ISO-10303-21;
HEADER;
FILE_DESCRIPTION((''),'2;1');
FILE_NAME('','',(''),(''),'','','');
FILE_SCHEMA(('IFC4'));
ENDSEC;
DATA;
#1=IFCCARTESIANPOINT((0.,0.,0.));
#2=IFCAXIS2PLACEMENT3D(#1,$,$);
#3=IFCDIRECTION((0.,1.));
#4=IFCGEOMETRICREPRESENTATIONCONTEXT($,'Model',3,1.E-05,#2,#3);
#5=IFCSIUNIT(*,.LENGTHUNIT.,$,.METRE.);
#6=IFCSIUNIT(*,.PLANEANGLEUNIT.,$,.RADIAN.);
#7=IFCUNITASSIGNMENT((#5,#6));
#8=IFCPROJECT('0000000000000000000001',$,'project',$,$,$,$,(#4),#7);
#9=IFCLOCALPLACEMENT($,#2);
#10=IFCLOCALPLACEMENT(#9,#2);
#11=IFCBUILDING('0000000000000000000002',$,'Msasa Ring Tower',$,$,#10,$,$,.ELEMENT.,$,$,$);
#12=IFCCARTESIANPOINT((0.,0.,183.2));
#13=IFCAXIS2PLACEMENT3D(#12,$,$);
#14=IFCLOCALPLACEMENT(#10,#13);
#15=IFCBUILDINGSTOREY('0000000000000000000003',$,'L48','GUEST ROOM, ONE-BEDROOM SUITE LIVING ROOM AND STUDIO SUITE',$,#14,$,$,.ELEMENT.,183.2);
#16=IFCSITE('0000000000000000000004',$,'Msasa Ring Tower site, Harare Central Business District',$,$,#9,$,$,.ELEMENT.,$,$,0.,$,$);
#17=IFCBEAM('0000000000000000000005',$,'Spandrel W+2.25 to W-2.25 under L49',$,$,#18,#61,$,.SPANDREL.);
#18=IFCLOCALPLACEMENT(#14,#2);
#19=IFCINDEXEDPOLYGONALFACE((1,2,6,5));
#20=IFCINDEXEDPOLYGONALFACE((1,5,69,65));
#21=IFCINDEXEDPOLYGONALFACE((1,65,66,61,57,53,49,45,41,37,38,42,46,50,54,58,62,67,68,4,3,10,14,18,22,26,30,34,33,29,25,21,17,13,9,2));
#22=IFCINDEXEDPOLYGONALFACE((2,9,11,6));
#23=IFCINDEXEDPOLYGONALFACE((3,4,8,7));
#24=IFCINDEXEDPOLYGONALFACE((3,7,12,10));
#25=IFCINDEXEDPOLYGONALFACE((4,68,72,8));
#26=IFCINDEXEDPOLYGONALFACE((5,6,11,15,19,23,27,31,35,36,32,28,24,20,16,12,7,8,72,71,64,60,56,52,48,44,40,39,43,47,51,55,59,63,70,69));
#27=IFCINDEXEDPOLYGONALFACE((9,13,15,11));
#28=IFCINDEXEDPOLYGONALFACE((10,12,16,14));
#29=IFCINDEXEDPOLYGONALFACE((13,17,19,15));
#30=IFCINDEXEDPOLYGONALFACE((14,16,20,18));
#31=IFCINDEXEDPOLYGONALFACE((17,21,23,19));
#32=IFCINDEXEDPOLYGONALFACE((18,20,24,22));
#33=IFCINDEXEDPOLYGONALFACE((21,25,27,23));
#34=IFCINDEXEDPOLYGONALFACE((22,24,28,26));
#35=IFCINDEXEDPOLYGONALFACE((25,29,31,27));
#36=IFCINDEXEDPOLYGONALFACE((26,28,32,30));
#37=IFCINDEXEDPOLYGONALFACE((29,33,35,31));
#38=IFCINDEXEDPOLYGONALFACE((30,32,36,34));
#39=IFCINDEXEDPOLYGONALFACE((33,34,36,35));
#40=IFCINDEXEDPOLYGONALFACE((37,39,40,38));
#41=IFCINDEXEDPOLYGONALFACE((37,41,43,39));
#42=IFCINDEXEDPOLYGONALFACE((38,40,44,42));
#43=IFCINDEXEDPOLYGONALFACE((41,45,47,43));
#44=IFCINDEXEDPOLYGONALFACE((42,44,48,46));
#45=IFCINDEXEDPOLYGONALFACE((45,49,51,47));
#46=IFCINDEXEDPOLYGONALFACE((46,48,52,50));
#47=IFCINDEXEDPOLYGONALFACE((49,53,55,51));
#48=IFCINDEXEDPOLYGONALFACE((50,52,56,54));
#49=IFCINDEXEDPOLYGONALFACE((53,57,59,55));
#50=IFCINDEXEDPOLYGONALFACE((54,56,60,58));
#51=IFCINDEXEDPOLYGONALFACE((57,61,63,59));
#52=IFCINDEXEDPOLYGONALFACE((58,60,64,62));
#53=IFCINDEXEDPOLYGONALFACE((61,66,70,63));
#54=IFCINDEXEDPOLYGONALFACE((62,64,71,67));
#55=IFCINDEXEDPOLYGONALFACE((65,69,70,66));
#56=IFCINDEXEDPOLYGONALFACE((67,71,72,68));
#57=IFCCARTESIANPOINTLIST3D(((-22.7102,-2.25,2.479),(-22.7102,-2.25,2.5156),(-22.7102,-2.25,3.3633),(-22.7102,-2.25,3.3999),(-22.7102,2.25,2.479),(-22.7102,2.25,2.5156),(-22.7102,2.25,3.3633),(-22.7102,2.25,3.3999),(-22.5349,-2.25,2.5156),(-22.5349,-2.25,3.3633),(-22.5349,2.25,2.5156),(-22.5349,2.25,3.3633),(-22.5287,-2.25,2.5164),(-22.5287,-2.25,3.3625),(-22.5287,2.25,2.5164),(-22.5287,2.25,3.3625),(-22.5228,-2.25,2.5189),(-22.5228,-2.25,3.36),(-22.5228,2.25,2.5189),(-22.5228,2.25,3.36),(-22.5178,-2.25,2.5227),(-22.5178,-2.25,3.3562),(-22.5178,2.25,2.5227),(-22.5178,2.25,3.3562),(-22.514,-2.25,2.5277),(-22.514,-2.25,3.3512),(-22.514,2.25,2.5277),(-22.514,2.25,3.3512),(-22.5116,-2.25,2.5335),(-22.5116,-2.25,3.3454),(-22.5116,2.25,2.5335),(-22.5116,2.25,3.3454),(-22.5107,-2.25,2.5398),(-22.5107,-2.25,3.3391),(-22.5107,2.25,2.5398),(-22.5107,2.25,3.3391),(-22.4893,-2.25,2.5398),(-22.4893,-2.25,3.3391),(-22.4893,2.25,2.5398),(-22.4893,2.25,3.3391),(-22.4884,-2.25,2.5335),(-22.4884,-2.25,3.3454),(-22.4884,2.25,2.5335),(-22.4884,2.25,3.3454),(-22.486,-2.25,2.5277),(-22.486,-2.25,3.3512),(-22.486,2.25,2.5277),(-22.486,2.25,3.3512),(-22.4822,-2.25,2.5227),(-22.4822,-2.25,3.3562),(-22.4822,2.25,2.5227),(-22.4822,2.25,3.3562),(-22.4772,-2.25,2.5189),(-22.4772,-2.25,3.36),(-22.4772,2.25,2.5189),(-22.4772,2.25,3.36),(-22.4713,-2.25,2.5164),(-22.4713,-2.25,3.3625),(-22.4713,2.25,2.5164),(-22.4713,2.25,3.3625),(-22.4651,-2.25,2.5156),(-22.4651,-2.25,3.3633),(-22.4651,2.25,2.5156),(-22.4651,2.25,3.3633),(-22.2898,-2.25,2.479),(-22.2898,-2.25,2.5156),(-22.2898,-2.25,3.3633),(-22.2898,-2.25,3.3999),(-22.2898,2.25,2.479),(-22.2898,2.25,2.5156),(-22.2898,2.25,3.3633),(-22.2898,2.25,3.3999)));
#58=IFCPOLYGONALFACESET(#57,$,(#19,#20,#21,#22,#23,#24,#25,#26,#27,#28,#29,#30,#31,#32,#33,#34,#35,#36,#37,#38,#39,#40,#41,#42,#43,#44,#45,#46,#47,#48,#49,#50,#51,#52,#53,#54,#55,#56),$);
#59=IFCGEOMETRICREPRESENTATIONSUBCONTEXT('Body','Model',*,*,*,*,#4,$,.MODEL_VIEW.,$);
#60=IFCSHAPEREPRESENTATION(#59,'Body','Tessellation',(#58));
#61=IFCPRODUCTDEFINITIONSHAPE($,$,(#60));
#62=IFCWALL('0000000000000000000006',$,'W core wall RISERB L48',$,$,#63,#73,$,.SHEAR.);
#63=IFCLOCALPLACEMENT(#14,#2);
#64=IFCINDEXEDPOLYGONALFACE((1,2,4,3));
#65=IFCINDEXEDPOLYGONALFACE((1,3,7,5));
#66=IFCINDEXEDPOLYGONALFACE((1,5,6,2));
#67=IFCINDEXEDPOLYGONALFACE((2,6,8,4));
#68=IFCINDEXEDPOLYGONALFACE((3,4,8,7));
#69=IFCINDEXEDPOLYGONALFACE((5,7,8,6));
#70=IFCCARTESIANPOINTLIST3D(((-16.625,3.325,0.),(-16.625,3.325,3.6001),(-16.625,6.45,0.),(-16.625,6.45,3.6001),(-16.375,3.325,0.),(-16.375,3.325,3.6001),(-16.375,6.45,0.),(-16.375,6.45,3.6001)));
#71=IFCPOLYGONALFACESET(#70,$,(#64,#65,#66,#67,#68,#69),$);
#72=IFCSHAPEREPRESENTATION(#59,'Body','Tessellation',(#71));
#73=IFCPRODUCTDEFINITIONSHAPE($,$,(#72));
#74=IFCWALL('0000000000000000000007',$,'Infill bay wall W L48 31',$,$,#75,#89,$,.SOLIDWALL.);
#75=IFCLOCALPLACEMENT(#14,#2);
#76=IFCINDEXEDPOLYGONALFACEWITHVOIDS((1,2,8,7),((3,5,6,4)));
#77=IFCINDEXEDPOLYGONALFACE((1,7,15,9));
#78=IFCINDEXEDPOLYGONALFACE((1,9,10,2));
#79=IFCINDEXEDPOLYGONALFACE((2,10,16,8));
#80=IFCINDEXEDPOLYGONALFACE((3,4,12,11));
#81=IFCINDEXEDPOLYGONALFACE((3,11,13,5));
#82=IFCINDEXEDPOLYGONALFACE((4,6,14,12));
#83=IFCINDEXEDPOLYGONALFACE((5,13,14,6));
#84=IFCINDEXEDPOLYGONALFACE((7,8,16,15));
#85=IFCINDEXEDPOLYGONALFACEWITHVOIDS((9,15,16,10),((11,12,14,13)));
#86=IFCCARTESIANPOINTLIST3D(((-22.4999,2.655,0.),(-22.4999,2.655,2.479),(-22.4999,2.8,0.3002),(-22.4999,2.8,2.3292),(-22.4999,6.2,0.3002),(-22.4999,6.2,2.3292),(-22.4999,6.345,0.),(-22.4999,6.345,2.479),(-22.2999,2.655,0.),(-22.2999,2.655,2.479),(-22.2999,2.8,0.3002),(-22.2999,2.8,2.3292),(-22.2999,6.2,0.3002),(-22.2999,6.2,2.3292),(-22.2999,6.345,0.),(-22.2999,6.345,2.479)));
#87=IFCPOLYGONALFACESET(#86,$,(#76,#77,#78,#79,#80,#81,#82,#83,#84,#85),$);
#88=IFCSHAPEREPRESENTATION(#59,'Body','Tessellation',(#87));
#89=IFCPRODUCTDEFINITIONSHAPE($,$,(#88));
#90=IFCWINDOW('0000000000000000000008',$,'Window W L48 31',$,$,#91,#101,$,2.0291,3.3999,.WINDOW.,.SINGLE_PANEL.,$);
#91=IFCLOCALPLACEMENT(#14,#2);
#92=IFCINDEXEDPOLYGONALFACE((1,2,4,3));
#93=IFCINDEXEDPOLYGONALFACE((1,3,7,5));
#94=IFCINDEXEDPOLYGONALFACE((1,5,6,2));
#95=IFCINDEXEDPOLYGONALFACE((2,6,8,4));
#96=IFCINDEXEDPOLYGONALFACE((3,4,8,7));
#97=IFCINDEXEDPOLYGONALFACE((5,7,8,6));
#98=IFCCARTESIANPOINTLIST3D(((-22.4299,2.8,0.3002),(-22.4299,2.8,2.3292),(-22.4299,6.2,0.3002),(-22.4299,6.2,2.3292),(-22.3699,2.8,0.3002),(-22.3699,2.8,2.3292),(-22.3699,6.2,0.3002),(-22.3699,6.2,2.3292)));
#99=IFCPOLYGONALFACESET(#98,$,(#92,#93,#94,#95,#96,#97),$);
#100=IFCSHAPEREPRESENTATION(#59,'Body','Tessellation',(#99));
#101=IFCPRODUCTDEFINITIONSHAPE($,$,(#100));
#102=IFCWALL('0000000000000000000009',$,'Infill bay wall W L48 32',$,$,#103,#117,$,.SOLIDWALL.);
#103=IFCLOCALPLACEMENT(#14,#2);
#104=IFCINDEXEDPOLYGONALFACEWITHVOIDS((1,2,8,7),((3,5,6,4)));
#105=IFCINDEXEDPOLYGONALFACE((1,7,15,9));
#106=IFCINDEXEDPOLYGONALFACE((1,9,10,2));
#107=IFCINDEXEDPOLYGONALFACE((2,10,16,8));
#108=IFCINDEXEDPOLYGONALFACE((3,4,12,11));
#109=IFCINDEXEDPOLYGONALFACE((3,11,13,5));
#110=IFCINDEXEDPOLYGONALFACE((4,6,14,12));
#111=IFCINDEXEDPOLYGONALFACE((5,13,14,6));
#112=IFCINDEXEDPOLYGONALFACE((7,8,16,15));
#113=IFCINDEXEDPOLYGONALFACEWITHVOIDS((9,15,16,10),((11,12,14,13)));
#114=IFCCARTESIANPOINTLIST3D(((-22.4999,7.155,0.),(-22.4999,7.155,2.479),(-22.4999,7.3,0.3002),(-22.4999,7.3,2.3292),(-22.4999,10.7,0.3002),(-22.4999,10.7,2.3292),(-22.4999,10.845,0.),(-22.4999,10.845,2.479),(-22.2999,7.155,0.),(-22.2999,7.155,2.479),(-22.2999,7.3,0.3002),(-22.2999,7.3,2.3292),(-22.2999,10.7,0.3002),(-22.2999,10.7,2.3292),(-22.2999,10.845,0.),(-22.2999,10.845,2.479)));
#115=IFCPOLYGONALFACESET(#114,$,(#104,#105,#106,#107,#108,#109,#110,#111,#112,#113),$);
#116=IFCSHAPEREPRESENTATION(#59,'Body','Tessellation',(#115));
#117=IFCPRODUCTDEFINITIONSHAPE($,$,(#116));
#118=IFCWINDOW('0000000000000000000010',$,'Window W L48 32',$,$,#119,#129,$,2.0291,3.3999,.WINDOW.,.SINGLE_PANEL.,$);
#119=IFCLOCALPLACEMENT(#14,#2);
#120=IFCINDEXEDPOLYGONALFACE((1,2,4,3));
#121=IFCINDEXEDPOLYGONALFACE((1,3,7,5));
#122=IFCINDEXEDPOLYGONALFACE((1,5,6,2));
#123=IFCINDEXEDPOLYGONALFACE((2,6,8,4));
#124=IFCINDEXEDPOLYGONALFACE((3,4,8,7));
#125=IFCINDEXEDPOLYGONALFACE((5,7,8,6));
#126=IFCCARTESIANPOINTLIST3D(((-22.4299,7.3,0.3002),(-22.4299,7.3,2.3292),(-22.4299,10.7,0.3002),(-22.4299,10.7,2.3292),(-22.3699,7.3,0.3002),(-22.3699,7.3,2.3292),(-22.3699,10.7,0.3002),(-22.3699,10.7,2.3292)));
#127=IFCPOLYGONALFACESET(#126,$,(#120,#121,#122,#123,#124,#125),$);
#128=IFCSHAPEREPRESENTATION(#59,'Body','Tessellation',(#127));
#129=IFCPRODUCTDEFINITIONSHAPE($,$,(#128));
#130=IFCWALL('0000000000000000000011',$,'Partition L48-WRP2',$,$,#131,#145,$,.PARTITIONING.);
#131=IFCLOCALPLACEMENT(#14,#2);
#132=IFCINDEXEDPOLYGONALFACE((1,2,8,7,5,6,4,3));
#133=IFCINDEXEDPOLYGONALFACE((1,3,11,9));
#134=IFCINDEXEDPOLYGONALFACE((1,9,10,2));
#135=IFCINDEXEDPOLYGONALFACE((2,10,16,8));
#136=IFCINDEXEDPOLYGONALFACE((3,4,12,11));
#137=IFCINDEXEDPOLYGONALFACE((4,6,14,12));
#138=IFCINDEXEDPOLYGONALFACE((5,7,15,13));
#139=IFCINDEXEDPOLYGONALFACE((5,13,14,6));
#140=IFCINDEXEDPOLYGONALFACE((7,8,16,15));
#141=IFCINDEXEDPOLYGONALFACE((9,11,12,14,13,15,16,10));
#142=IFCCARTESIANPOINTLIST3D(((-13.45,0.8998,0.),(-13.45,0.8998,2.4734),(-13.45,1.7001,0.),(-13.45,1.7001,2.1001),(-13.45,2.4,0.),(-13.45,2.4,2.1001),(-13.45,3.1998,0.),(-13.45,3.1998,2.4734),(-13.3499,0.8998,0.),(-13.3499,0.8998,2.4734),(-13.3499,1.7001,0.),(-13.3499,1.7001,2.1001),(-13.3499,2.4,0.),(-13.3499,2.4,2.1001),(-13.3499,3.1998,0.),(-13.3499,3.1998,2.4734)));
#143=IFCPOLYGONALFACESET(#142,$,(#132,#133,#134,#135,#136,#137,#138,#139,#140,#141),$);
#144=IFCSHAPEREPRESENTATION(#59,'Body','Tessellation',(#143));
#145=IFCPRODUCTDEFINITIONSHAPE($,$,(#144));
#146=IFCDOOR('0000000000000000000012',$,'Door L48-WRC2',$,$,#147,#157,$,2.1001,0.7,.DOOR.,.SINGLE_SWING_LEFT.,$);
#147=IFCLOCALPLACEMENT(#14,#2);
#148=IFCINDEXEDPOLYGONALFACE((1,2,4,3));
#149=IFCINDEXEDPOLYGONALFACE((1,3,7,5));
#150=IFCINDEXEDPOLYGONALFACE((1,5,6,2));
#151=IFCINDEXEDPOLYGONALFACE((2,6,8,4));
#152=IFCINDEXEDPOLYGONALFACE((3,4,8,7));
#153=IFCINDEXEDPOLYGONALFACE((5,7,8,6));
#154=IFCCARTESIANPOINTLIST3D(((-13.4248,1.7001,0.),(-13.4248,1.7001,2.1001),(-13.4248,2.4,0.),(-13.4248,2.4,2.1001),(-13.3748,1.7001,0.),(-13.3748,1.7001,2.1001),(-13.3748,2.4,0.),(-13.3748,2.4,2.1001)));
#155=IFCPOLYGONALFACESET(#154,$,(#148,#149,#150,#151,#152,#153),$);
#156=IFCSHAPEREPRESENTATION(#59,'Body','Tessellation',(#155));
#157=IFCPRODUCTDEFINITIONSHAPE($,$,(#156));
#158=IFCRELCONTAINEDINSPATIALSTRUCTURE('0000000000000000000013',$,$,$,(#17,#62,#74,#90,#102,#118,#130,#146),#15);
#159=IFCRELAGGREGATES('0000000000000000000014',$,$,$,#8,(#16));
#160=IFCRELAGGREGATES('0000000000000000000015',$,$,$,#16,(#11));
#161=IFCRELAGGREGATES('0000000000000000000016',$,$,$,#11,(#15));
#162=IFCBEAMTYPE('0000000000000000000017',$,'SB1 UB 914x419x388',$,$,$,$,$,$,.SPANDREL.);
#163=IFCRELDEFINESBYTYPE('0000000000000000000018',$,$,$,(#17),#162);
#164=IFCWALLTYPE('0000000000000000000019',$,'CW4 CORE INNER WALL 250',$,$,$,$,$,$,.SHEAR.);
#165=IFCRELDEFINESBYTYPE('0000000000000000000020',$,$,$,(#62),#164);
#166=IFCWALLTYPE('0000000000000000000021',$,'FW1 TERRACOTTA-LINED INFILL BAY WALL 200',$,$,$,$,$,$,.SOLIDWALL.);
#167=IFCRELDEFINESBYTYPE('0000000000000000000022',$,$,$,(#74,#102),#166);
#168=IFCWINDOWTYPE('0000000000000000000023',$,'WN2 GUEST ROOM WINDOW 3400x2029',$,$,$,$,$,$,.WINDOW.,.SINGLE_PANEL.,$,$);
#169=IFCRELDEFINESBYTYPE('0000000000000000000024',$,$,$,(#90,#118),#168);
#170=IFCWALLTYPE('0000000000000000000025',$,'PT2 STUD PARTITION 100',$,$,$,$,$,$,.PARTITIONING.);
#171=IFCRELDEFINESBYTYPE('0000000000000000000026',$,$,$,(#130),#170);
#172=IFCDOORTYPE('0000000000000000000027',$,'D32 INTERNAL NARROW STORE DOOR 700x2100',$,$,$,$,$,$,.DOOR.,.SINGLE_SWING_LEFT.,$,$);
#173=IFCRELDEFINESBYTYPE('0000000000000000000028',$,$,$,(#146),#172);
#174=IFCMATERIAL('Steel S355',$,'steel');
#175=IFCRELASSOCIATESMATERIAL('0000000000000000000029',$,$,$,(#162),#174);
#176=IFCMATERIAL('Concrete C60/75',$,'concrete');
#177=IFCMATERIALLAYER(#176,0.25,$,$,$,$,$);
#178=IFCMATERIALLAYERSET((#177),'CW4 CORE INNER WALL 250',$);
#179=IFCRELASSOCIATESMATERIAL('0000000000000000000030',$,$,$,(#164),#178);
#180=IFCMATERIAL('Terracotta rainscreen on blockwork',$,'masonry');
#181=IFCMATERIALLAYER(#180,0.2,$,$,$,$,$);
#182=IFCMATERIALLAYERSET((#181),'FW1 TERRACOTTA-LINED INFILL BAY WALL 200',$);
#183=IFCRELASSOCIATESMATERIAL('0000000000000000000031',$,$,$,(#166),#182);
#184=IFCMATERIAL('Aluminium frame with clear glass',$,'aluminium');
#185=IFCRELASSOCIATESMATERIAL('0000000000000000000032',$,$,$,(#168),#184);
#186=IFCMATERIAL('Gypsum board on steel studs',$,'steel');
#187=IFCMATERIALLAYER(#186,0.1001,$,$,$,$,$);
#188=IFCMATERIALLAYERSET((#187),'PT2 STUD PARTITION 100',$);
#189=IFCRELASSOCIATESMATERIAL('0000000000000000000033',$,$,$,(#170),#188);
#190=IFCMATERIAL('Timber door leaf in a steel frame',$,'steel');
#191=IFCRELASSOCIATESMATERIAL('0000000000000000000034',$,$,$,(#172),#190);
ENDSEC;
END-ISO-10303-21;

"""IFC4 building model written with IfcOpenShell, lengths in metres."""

from ifc_helpers import new_model, si_unit, direction, frame, frame_2d, origin, origin_2d, place, context, subcontext, project, spatial, rectangle, i_section, extrude, material, layer, layer_set, material_profile, profile_set, type_object, element, fill, save


model = new_model("IFC4")

# Units and contexts
model_context = context("Model", 3, precision=1e-05, world=origin(), true_north=direction((0.0, 1.0)))
body_context = subcontext(model_context, "Body", "Model", "MODEL_VIEW")
ifc_project = project(units=[si_unit("LENGTHUNIT", "METRE"), si_unit("PLANEANGLEUNIT", "RADIAN")], contexts=[model_context])

# Site, building, storey
site_placement = place(None, origin())
site = spatial("IfcSite", under=ifc_project, at=site_placement, Name="Msasa Ring Tower site, Harare Central Business District", CompositionType="ELEMENT", RefElevation=0.0)
building_placement = place(site_placement, origin())
building = spatial("IfcBuilding", under=site, at=building_placement, Name="Msasa Ring Tower", CompositionType="ELEMENT")
storey_placement = place(building_placement, frame((0.0, 0.0, 183.2)))
storey = spatial("IfcBuildingStorey", under=building, at=storey_placement, Name="L48", Description="GUEST ROOM, ONE-BEDROOM SUITE LIVING ROOM AND STUDIO SUITE", CompositionType="ELEMENT", Elevation=183.2)

# Beam
ifc_material_1 = material(Name="Steel S355", Category="steel")
ifc_material_profile_1 = material_profile(ifc_material_1, i_section(OverallWidth=0.4204, OverallDepth=0.9209, WebThickness=0.0215, FlangeThickness=0.0366, FilletRadius=0.0242, at=origin_2d()), Name="UB 914x419x388")
ifc_profile_set_1 = profile_set([ifc_material_profile_1], Name="Steel S355")
beam_type_1 = type_object("IfcBeamType", Name="SB1 UB 914x419x388", PredefinedType="SPANDREL", material=ifc_profile_set_1)
for number, where, z_axis, x_axis, name in (
    (1, (-22.5, 2.25, 2.9395), (0.0, -1.0, 0.0), (1.0, 0.0, 0.0), "Spandrel W+2.25 to W-2.25 under L49"),
):
    element("IfcBeam", number, at=place(storey_placement, frame(where, z_axis=z_axis, x_axis=x_axis)), inside=storey, type_object=beam_type_1, Name=name, PredefinedType="SPANDREL", context=body_context, shape_type="SweptSolid", body=[
        extrude(i_section(OverallWidth=0.4204, OverallDepth=0.9209, WebThickness=0.0215, FlangeThickness=0.0366, FilletRadius=0.0242, at=origin_2d()), origin(), (0.0, 0.0, 1.0), 4.5),
    ])

# Wall
ifc_material_2 = material(Name="Concrete C60/75", Category="concrete")
ifc_layer_1 = layer(ifc_material_2, 0.25)
ifc_layer_set_1 = layer_set([ifc_layer_1], Name="CW4 CORE INNER WALL 250")
wall_type_1 = type_object("IfcWallType", Name="CW4 CORE INNER WALL 250", PredefinedType="SHEAR", material=ifc_layer_set_1)
wall_1_placement = place(storey_placement, frame((-16.5, 3.325, 0.0), z_axis=(0.0, 0.0, 1.0), x_axis=(0.0, 1.0, 0.0)))
element("IfcWall", 2, at=wall_1_placement, inside=storey, type_object=wall_type_1, Name="W core wall RISERB L48", PredefinedType="SHEAR", context=body_context, shape_type="SweptSolid", body=[
    extrude(rectangle(XDim=3.125, YDim=0.25, at=frame_2d((1.5625, 0.0))), origin(), (0.0, 0.0, 1.0), 3.6001),
])

# Walls, openings, windows
ifc_material_3 = material(Name="Terracotta rainscreen on blockwork", Category="masonry")
ifc_layer_2 = layer(ifc_material_3, 0.2)
ifc_layer_set_2 = layer_set([ifc_layer_2], Name="FW1 TERRACOTTA-LINED INFILL BAY WALL 200")
wall_type_2 = type_object("IfcWallType", Name="FW1 TERRACOTTA-LINED INFILL BAY WALL 200", PredefinedType="SOLIDWALL", material=ifc_layer_set_2)
wall_2_placement = place(storey_placement, frame((-22.3999, 2.655, 0.0), z_axis=(0.0, 0.0, 1.0), x_axis=(0.0, 1.0, 0.0)))
wall_2 = element("IfcWall", 3, at=wall_2_placement, inside=storey, type_object=wall_type_2, Name="Infill bay wall W L48 31", PredefinedType="SOLIDWALL", context=body_context, shape_type="SweptSolid", body=[
    extrude(rectangle(XDim=3.6899, YDim=0.2, at=frame_2d((1.845, 0.0))), origin(), (0.0, 0.0, 1.0), 2.479),
])
opening_1_placement = place(wall_2_placement, frame((0.145, 0.0, 0.3)))
opening_1 = element("IfcOpeningElement", 4, at=opening_1_placement, cuts=wall_2, PredefinedType="OPENING", context=body_context, shape_type="SweptSolid", body=[
    extrude(rectangle(XDim=3.3999, YDim=2.0291, at=frame_2d((1.7, 1.0146))), frame((0.0, 0.1099, 0.0), z_axis=(0.0, -1.0, 0.0), x_axis=(1.0, 0.0, 0.0)), (0.0, 0.0, 1.0), 0.22),
])
ifc_material_4 = material(Name="Aluminium frame with clear glass", Category="aluminium")
window_type = type_object("IfcWindowType", Name="WN2 GUEST ROOM WINDOW 3400x2029", PartitioningType="SINGLE_PANEL", PredefinedType="WINDOW", material=ifc_material_4)
window_1_placement = place(opening_1_placement, origin())
window_1 = element("IfcWindow", 5, at=window_1_placement, inside=storey, type_object=window_type, Name="Window W L48 31", OverallHeight=2.0291, OverallWidth=3.3999, PartitioningType="SINGLE_PANEL", PredefinedType="WINDOW", context=body_context, shape_type="SweptSolid", body=[
    extrude(rectangle(XDim=3.3999, YDim=2.0291, at=frame_2d((1.7, 1.0146))), frame((0.0, 0.03, 0.0), z_axis=(0.0, -1.0, 0.0), x_axis=(1.0, 0.0, 0.0)), (0.0, 0.0, 1.0), 0.0601),
])
fill(opening_1, window_1)
wall_3_placement = place(storey_placement, frame((-22.3999, 7.155, 0.0), z_axis=(0.0, 0.0, 1.0), x_axis=(0.0, 1.0, 0.0)))
wall_3 = element("IfcWall", 6, at=wall_3_placement, inside=storey, type_object=wall_type_2, Name="Infill bay wall W L48 32", PredefinedType="SOLIDWALL", context=body_context, shape_type="SweptSolid", body=[
    extrude(rectangle(XDim=3.6899, YDim=0.2, at=frame_2d((1.845, 0.0))), origin(), (0.0, 0.0, 1.0), 2.479),
])
opening_2_placement = place(wall_3_placement, frame((0.145, 0.0, 0.3)))
opening_2 = element("IfcOpeningElement", 7, at=opening_2_placement, cuts=wall_3, PredefinedType="OPENING", context=body_context, shape_type="SweptSolid", body=[
    extrude(rectangle(XDim=3.3999, YDim=2.0291, at=frame_2d((1.7, 1.0146))), frame((0.0, 0.1099, 0.0), z_axis=(0.0, -1.0, 0.0), x_axis=(1.0, 0.0, 0.0)), (0.0, 0.0, 1.0), 0.22),
])
window_2_placement = place(opening_2_placement, origin())
window_2 = element("IfcWindow", 8, at=window_2_placement, inside=storey, type_object=window_type, Name="Window W L48 32", OverallHeight=2.0291, OverallWidth=3.3999, PartitioningType="SINGLE_PANEL", PredefinedType="WINDOW", context=body_context, shape_type="SweptSolid", body=[
    extrude(rectangle(XDim=3.3999, YDim=2.0291, at=frame_2d((1.7, 1.0146))), frame((0.0, 0.03, 0.0), z_axis=(0.0, -1.0, 0.0), x_axis=(1.0, 0.0, 0.0)), (0.0, 0.0, 1.0), 0.0601),
])
fill(opening_2, window_2)

# Wall, opening, door
ifc_material_5 = material(Name="Gypsum board on steel studs", Category="steel")
ifc_layer_3 = layer(ifc_material_5, 0.1001)
ifc_layer_set_3 = layer_set([ifc_layer_3], Name="PT2 STUD PARTITION 100")
wall_type_3 = type_object("IfcWallType", Name="PT2 STUD PARTITION 100", PredefinedType="PARTITIONING", material=ifc_layer_set_3)
wall_4_placement = place(storey_placement, frame((-13.3999, 0.8999, 0.0), z_axis=(0.0, 0.0, 1.0), x_axis=(0.0, 1.0, 0.0)))
wall_4 = element("IfcWall", 9, at=wall_4_placement, inside=storey, type_object=wall_type_3, Name="Partition L48-WRP2", PredefinedType="PARTITIONING", context=body_context, shape_type="SweptSolid", body=[
    extrude(rectangle(XDim=2.3, YDim=0.1001, at=frame_2d((1.1499, 0.0))), origin(), (0.0, 0.0, 1.0), 2.4734),
])
opening_3_placement = place(wall_4_placement, frame((0.8, 0.0, 0.0)))
opening_3 = element("IfcOpeningElement", 10, at=opening_3_placement, cuts=wall_4, PredefinedType="OPENING", context=body_context, shape_type="SweptSolid", body=[
    extrude(rectangle(XDim=0.7, YDim=2.1001, at=frame_2d((0.3501, 1.05))), frame((0.0, 0.0601, 0.0), z_axis=(0.0, -1.0, 0.0), x_axis=(1.0, 0.0, 0.0)), (0.0, 0.0, 1.0), 0.1201),
])
ifc_material_6 = material(Name="Timber door leaf in a steel frame", Category="steel")
door_type = type_object("IfcDoorType", Name="D32 INTERNAL NARROW STORE DOOR 700x2100", OperationType="SINGLE_SWING_LEFT", PredefinedType="DOOR", material=ifc_material_6)
door_placement = place(opening_3_placement, origin())
door = element("IfcDoor", 11, at=door_placement, inside=storey, type_object=door_type, Name="Door L48-WRC2", OperationType="SINGLE_SWING_LEFT", OverallHeight=2.1001, OverallWidth=0.7, PredefinedType="DOOR", context=body_context, shape_type="SweptSolid", body=[
    extrude(rectangle(XDim=0.7, YDim=2.1001, at=frame_2d((0.3501, 1.05))), frame((0.0, 0.0249, 0.0), z_axis=(0.0, -1.0, 0.0), x_axis=(1.0, 0.0, 0.0)), (0.0, 0.0, 1.0), 0.05),
])
fill(opening_3, door)

save(model, "model.ifc")
